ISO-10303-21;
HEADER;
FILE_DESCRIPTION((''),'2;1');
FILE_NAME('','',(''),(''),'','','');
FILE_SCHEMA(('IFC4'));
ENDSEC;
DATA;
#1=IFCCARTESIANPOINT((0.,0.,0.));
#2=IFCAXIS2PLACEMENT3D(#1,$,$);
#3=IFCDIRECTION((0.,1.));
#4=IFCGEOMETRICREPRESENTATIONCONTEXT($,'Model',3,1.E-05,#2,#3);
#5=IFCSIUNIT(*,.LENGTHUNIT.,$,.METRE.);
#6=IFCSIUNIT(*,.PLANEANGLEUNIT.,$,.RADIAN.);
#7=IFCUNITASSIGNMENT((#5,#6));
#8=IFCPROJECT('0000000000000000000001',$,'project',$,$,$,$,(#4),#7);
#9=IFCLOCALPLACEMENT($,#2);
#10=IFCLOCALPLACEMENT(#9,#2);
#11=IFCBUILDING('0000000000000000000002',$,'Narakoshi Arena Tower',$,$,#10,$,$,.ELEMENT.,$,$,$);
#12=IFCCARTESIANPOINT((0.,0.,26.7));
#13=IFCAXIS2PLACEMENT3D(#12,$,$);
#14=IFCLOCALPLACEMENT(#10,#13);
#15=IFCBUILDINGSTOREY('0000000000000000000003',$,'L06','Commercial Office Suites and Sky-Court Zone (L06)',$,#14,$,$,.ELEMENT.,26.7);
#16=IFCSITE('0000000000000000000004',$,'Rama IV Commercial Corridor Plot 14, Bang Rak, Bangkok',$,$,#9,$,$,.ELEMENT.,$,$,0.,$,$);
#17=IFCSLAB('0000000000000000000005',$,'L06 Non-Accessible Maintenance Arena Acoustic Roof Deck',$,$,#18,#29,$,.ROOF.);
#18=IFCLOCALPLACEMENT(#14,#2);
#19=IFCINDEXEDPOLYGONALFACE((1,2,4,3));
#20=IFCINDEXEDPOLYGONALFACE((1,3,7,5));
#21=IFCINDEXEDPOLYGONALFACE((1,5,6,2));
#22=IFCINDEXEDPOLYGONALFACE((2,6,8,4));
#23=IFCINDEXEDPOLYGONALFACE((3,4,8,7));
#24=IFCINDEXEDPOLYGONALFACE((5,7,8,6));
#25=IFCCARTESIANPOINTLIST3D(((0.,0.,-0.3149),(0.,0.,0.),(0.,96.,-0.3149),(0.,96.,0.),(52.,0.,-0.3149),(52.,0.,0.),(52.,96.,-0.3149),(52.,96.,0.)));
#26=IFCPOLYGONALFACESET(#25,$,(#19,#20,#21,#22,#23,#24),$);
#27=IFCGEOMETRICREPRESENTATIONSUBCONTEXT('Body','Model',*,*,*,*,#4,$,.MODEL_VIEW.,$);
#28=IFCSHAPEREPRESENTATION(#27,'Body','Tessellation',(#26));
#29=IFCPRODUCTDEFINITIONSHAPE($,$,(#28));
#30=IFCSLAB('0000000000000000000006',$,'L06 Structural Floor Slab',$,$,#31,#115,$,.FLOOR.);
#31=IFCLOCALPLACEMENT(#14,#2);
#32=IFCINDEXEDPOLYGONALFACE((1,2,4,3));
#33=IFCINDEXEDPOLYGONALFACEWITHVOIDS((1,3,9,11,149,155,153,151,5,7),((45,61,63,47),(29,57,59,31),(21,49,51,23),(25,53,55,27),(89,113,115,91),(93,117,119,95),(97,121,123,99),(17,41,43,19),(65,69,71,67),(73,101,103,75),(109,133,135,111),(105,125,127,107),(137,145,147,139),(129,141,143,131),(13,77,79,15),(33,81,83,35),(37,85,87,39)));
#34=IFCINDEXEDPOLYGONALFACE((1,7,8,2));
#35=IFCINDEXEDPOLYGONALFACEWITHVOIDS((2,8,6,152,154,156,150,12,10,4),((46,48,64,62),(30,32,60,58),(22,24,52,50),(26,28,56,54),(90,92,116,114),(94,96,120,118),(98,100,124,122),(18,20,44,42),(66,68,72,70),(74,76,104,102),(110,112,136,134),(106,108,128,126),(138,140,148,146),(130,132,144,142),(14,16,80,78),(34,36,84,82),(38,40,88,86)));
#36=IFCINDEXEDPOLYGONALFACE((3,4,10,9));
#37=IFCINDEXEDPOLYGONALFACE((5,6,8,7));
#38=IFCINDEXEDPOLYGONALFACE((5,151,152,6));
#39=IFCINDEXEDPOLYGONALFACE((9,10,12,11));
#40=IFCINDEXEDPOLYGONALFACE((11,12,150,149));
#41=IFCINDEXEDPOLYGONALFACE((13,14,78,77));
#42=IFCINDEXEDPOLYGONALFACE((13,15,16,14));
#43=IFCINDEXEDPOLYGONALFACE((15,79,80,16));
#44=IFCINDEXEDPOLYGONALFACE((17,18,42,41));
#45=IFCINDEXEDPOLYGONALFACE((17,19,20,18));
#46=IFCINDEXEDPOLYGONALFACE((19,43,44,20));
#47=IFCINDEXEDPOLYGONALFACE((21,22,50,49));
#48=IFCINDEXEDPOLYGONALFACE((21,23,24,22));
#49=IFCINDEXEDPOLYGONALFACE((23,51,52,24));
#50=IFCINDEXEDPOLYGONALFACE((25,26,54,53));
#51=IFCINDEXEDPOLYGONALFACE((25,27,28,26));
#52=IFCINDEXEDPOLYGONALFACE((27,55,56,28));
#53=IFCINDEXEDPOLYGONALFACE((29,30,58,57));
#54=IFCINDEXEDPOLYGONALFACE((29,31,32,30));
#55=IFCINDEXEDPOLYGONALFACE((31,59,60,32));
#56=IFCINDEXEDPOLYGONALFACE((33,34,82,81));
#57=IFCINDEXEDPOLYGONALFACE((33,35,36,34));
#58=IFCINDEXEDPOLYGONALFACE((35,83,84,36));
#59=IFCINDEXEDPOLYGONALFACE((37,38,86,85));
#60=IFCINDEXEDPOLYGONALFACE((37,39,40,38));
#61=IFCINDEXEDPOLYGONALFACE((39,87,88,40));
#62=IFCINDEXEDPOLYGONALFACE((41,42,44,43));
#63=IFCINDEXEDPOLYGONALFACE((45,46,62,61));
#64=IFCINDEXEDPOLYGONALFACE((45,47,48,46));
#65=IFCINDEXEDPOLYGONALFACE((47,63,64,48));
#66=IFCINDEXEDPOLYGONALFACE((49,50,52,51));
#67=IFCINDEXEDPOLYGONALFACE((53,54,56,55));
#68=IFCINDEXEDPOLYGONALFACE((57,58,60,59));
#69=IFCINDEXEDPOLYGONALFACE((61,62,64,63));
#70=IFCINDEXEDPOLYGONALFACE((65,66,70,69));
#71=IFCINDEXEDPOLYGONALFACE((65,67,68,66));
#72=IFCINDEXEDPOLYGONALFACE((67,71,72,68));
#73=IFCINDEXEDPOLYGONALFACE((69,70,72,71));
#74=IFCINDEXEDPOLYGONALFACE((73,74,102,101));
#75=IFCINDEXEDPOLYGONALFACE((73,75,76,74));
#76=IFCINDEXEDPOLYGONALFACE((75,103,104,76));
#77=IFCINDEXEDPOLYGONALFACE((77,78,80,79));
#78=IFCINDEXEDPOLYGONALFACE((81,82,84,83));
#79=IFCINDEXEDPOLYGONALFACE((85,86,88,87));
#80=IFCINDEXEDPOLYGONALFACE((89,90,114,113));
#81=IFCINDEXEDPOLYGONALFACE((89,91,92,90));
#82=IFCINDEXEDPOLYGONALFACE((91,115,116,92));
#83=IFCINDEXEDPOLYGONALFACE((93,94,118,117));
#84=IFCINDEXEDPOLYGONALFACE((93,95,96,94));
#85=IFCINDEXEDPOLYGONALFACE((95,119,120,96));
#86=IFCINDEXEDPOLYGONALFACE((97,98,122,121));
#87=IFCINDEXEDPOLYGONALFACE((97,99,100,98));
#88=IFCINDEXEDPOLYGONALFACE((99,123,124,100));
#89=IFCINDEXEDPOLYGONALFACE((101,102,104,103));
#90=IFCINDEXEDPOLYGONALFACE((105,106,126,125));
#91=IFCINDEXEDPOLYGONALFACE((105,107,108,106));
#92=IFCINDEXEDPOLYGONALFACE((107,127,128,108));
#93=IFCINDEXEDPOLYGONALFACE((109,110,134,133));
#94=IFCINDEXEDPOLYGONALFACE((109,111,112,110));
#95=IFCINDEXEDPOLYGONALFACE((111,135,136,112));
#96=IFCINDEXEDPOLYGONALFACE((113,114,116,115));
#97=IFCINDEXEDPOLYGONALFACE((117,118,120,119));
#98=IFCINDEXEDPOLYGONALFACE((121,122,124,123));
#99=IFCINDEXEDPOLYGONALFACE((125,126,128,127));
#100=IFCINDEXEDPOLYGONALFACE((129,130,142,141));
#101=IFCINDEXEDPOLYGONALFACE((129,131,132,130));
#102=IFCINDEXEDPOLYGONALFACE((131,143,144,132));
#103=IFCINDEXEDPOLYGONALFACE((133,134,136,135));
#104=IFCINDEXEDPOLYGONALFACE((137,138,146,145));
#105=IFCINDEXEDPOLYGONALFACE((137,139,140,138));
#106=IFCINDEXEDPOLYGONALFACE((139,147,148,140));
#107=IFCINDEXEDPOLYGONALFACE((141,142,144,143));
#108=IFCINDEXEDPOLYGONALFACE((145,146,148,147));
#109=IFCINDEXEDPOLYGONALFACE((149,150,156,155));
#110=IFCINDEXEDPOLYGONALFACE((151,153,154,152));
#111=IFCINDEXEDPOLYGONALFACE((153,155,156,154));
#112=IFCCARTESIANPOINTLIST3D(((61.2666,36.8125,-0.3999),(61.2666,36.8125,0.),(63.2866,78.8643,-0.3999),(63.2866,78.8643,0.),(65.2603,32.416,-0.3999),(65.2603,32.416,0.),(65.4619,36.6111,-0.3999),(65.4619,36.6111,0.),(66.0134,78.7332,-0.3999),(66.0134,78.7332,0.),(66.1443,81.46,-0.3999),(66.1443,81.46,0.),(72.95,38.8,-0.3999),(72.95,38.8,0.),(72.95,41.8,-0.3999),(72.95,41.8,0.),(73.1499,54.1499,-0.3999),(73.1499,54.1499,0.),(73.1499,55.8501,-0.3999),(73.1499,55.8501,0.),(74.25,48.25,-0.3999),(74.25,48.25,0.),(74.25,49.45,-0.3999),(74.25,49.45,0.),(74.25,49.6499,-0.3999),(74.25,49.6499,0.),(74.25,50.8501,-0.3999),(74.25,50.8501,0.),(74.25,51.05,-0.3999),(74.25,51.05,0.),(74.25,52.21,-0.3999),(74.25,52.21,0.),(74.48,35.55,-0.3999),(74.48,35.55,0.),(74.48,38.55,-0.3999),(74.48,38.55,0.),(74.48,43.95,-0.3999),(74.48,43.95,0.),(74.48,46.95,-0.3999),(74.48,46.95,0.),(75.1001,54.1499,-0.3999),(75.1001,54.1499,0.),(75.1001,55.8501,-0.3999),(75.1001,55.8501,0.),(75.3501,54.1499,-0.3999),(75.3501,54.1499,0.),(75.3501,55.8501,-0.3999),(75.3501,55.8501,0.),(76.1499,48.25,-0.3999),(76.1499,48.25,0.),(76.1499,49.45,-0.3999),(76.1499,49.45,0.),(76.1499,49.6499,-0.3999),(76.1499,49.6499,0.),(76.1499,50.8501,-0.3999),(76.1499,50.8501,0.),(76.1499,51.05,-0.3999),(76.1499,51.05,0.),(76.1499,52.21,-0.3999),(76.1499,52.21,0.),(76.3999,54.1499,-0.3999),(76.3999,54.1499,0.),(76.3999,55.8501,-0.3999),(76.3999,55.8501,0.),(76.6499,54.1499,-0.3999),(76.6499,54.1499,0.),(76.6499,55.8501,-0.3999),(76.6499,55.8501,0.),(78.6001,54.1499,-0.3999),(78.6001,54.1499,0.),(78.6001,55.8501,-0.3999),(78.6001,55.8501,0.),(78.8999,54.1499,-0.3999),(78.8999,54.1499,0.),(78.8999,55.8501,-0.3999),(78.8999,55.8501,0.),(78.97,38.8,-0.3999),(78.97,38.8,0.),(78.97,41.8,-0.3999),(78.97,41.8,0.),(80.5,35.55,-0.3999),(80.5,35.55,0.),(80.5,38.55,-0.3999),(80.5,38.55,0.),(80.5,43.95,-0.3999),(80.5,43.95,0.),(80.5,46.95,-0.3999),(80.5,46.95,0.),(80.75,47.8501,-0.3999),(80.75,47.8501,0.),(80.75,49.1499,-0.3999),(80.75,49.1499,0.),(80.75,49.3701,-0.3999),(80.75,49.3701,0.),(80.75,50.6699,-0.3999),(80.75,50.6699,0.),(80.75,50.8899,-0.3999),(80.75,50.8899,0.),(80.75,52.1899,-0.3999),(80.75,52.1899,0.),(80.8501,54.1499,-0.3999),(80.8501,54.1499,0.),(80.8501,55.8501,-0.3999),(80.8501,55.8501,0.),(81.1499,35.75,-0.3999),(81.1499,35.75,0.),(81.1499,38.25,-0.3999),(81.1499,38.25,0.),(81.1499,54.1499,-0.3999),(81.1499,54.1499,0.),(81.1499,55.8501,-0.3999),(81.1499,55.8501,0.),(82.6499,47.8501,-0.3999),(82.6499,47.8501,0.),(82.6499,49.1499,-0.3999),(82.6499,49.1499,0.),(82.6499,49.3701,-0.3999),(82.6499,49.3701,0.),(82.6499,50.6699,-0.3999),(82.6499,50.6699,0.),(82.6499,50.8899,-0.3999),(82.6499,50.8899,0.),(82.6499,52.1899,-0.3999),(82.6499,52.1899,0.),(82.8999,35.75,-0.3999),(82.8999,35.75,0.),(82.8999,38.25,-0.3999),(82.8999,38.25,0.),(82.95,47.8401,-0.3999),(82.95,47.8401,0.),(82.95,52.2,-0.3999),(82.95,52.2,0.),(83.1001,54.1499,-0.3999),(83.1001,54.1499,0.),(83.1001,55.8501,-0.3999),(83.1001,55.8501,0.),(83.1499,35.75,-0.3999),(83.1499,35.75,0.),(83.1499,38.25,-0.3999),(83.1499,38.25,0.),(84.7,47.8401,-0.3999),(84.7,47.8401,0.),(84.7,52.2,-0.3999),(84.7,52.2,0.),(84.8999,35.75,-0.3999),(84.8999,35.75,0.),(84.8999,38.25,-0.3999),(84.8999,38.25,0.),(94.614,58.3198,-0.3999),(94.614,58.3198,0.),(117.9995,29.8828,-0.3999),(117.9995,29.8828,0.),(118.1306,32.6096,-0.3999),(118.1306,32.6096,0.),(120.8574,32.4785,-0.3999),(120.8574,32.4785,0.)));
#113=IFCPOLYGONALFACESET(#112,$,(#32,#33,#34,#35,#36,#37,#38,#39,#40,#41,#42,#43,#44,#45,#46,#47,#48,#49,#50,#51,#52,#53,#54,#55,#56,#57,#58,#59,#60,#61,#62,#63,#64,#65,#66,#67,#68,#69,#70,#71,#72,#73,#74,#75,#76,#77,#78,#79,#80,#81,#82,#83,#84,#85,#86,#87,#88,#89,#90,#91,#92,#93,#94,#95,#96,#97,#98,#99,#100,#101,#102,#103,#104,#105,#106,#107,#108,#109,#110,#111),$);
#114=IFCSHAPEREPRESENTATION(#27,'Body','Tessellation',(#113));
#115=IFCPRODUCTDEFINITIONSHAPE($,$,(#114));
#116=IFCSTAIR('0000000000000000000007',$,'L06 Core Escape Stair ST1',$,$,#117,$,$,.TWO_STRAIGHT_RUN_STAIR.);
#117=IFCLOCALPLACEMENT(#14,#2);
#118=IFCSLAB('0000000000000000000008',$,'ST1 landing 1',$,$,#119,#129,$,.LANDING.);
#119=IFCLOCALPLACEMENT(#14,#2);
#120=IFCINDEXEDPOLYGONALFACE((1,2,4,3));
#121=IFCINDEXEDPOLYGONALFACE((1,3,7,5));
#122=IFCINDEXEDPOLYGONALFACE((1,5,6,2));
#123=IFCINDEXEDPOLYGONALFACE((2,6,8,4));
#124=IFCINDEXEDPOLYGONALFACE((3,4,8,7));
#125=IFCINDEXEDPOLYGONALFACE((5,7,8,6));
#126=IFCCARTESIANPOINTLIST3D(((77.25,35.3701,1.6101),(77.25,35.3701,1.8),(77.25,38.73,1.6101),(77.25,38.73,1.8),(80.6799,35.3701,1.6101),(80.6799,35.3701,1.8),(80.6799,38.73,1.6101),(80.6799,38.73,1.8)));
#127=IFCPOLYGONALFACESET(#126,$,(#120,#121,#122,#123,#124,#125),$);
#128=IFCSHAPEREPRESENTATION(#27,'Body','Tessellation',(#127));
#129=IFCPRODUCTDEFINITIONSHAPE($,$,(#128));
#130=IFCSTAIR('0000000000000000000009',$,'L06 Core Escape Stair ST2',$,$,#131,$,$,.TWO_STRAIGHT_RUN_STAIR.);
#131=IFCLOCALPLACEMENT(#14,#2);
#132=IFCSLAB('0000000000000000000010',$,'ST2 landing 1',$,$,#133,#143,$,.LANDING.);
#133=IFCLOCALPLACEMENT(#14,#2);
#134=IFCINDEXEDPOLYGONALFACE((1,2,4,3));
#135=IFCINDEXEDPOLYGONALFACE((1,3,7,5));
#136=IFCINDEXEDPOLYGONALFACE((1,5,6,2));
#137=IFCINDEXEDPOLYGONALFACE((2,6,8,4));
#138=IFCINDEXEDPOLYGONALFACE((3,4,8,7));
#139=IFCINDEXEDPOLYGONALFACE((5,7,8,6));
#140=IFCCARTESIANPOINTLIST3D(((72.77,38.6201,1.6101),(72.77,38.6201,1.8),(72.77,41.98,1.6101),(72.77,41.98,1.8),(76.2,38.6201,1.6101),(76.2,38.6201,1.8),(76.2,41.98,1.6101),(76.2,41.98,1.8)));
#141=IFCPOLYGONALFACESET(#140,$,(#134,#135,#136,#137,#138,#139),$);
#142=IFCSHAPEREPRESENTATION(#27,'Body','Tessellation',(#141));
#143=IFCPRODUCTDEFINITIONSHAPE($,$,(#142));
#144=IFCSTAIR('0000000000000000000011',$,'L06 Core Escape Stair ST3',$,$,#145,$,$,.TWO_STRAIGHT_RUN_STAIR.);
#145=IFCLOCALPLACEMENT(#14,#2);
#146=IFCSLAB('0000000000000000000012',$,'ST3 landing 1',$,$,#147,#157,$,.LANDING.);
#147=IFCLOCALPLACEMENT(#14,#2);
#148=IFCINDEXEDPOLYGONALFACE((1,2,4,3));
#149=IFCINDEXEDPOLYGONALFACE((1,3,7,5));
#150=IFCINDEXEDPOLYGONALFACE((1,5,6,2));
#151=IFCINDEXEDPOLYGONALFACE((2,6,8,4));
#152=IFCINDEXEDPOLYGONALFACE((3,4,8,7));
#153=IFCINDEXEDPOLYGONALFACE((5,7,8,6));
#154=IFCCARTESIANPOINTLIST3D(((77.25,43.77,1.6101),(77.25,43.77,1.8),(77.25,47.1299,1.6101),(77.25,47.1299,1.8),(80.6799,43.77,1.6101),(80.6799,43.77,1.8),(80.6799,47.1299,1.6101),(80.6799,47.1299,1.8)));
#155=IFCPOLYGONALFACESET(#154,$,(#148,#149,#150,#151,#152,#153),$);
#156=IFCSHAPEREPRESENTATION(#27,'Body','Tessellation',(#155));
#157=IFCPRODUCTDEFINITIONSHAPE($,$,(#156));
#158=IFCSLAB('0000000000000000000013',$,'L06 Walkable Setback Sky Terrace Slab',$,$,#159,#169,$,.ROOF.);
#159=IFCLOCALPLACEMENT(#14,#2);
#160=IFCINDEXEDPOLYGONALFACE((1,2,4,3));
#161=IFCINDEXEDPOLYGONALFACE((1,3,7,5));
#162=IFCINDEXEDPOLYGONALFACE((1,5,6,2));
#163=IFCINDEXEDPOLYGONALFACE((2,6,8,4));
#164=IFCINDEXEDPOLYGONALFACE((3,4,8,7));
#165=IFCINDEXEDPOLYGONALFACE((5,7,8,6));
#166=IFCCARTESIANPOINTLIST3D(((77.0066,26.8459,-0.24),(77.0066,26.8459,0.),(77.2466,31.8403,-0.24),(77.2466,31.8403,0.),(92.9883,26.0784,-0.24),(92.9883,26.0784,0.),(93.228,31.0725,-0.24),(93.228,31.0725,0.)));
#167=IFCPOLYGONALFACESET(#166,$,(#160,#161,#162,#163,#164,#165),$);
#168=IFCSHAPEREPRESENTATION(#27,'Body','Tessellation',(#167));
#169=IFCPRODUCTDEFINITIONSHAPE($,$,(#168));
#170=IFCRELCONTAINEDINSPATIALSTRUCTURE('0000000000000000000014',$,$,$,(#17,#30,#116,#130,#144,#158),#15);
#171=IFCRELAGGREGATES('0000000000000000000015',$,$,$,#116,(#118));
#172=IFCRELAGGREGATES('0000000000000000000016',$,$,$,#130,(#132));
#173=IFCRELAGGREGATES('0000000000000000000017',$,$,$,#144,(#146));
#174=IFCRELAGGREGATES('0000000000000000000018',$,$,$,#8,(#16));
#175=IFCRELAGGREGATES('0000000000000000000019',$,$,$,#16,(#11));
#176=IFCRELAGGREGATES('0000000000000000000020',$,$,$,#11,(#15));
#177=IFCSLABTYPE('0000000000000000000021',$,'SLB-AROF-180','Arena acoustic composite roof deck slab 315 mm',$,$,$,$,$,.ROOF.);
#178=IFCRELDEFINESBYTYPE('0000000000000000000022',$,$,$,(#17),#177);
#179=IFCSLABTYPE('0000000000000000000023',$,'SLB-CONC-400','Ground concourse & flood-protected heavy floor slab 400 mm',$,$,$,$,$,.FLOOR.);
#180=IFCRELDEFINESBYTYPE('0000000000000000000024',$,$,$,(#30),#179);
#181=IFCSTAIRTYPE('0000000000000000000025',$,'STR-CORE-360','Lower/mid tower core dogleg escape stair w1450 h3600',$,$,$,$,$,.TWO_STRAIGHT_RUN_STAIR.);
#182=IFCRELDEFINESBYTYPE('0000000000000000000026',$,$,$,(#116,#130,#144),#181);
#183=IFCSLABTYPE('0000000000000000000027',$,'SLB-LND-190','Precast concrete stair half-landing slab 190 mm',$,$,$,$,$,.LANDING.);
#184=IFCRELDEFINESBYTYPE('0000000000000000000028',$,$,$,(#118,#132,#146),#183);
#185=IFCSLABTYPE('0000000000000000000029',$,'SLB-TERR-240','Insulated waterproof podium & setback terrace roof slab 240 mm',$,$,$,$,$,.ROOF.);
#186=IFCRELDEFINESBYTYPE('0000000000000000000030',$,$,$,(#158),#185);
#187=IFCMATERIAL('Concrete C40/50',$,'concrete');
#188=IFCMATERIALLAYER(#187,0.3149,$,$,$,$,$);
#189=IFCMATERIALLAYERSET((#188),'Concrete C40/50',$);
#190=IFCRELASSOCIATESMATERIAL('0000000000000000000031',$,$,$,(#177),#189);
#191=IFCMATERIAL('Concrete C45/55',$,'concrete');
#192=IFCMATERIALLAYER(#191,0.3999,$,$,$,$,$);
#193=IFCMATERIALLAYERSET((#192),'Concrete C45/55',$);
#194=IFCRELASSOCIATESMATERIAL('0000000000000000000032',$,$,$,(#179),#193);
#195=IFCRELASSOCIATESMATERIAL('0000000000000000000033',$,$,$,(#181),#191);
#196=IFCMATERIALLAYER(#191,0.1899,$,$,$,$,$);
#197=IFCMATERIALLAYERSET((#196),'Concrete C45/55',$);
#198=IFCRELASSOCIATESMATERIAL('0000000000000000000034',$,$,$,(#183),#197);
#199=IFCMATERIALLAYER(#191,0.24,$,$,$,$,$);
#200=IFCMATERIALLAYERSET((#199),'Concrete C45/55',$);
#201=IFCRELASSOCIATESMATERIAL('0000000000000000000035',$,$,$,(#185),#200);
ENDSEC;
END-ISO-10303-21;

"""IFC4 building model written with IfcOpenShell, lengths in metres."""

from ifc_helpers import new_model, si_unit, direction, frame, origin, place, context, subcontext, project, spatial, polyline, outline, extrude, material, layer, layer_set, type_object, element, aggregate, save


model = new_model("IFC4")

# Units and contexts
model_context = context("Model", 3, precision=1e-05, world=origin(), true_north=direction((0.0, 1.0)))
body_context = subcontext(model_context, "Body", "Model", "MODEL_VIEW")
ifc_project = project(units=[si_unit("LENGTHUNIT", "METRE"), si_unit("PLANEANGLEUNIT", "RADIAN")], contexts=[model_context])

# Site, building, storey
site_placement = place(None, origin())
site = spatial("IfcSite", under=ifc_project, at=site_placement, Name="Rama IV Commercial Corridor Plot 14, Bang Rak, Bangkok", CompositionType="ELEMENT", RefElevation=0.0)
building_placement = place(site_placement, origin())
building = spatial("IfcBuilding", under=site, at=building_placement, Name="Narakoshi Arena Tower", CompositionType="ELEMENT")
storey_placement = place(building_placement, frame((0.0, 0.0, 26.7)))
storey = spatial("IfcBuildingStorey", under=building, at=storey_placement, Name="L06", Description="Commercial Office Suites and Sky-Court Zone (L06)", CompositionType="ELEMENT", Elevation=26.7)

# Slabs
ifc_material_1 = material(Name="Concrete C40/50", Category="concrete")
ifc_layer_1 = layer(ifc_material_1, 0.3149)
ifc_layer_set_1 = layer_set([ifc_layer_1], Name="Concrete C40/50")
slab_type_1 = type_object("IfcSlabType", Name="SLB-AROF-180", Description="Arena acoustic composite roof deck slab 315 mm", PredefinedType="ROOF", material=ifc_layer_set_1)
slab_1_placement = place(storey_placement, frame((0.0, 0.0, -0.3149)))
element("IfcSlab", 1, at=slab_1_placement, inside=storey, type_object=slab_type_1, Name="L06 Non-Accessible Maintenance Arena Acoustic Roof Deck", PredefinedType="ROOF", context=body_context, shape_type="SweptSolid", body=[
    extrude(outline(polyline([(0.0, 0.0), (52.0, 0.0), (52.0, 96.0), (0.0, 96.0), (0.0, 0.0)])), origin(), (0.0, 0.0, 1.0), 0.3149),
])
ifc_material_2 = material(Name="Concrete C45/55", Category="concrete")
ifc_layer_2 = layer(ifc_material_2, 0.3999)
ifc_layer_set_2 = layer_set([ifc_layer_2], Name="Concrete C45/55")
slab_type_2 = type_object("IfcSlabType", Name="SLB-CONC-400", Description="Ground concourse & flood-protected heavy floor slab 400 mm", PredefinedType="FLOOR", material=ifc_layer_set_2)
slab_2_placement = place(storey_placement, frame((0.0, 0.0, -0.3999)))
element("IfcSlab", 2, at=slab_2_placement, inside=storey, type_object=slab_type_2, Name="L06 Structural Floor Slab", PredefinedType="FLOOR", context=body_context, shape_type="SweptSolid", body=[
    extrude(outline(polyline([(65.2603, 32.416), (117.9995, 29.8828), (118.1306, 32.6096), (120.8574, 32.4785), (94.614, 58.3198), (66.1443, 81.46), (66.0134, 78.7332), (63.2866, 78.8643), (61.2666, 36.8125), (65.4619, 36.6111), (65.2603, 32.416)]), holes=[polyline([(74.48, 35.55), (74.48, 38.55), (80.5, 38.55), (80.5, 35.55), (74.48, 35.55)]), polyline([(81.1499, 35.75), (81.1499, 38.25), (82.8999, 38.25), (82.8999, 35.75), (81.1499, 35.75)]), polyline([(83.1499, 35.75), (83.1499, 38.25), (84.8999, 38.25), (84.8999, 35.75), (83.1499, 35.75)]), polyline([(72.95, 38.8), (72.95, 41.8), (78.97, 41.8), (78.97, 38.8), (72.95, 38.8)]), polyline([(74.48, 43.95), (74.48, 46.95), (80.5, 46.95), (80.5, 43.95), (74.48, 43.95)]), polyline([(82.95, 47.8401), (82.95, 52.2), (84.7, 52.2), (84.7, 47.8401), (82.95, 47.8401)]), polyline([(80.75, 47.8501), (80.75, 49.1499), (82.6499, 49.1499), (82.6499, 47.8501), (80.75, 47.8501)]), polyline([(74.25, 48.25), (74.25, 49.45), (76.1499, 49.45), (76.1499, 48.25), (74.25, 48.25)]), polyline([(80.75, 49.3701), (80.75, 50.6699), (82.6499, 50.6699), (82.6499, 49.3701), (80.75, 49.3701)]), polyline([(74.25, 49.6499), (74.25, 50.8501), (76.1499, 50.8501), (76.1499, 49.6499), (74.25, 49.6499)]), polyline([(80.75, 50.8899), (80.75, 52.1899), (82.6499, 52.1899), (82.6499, 50.8899), (80.75, 50.8899)]), polyline([(74.25, 51.05), (74.25, 52.21), (76.1499, 52.21), (76.1499, 51.05), (74.25, 51.05)]), polyline([(73.1499, 54.1499), (73.1499, 55.8501), (75.1001, 55.8501), (75.1001, 54.1499), (73.1499, 54.1499)]), polyline([(75.3501, 54.1499), (75.3501, 55.8501), (76.3999, 55.8501), (76.3999, 54.1499), (75.3501, 54.1499)]), polyline([(76.6499, 54.1499), (76.6499, 55.8501), (78.6001, 55.8501), (78.6001, 54.1499), (76.6499, 54.1499)]), polyline([(78.8999, 55.8501), (80.8501, 55.8501), (80.8501, 54.1499), (78.8999, 54.1499), (78.8999, 55.8501)]), polyline([(81.1499, 55.8501), (83.1001, 55.8501), (83.1001, 54.1499), (81.1499, 54.1499), (81.1499, 55.8501)])]), origin(), (0.0, 0.0, 1.0), 0.3999),
])

# Stairs, slabs
stair_type = type_object("IfcStairType", Name="STR-CORE-360", Description="Lower/mid tower core dogleg escape stair w1450 h3600", PredefinedType="TWO_STRAIGHT_RUN_STAIR", material=ifc_material_2)
stair_1_placement = place(storey_placement, origin())
stair_1 = element("IfcStair", 3, at=stair_1_placement, inside=storey, type_object=stair_type, Name="L06 Core Escape Stair ST1", PredefinedType="TWO_STRAIGHT_RUN_STAIR")
ifc_layer_3 = layer(ifc_material_2, 0.1899)
ifc_layer_set_3 = layer_set([ifc_layer_3], Name="Concrete C45/55")
slab_type_3 = type_object("IfcSlabType", Name="SLB-LND-190", Description="Precast concrete stair half-landing slab 190 mm", PredefinedType="LANDING", material=ifc_layer_set_3)
slab_3_placement = place(storey_placement, frame((0.0, 0.0, 1.6101)))
slab_3 = element("IfcSlab", 4, at=slab_3_placement, type_object=slab_type_3, Name="ST1 landing 1", PredefinedType="LANDING", context=body_context, shape_type="SweptSolid", body=[
    extrude(outline(polyline([(77.25, 35.3701), (80.6799, 35.3701), (80.6799, 38.73), (77.25, 38.73), (77.25, 35.3701)])), origin(), (0.0, 0.0, 1.0), 0.1899),
])
aggregate(stair_1, [slab_3])
stair_2_placement = place(storey_placement, origin())
stair_2 = element("IfcStair", 5, at=stair_2_placement, inside=storey, type_object=stair_type, Name="L06 Core Escape Stair ST2", PredefinedType="TWO_STRAIGHT_RUN_STAIR")
slab_4_placement = place(storey_placement, frame((0.0, 0.0, 1.6101)))
slab_4 = element("IfcSlab", 6, at=slab_4_placement, type_object=slab_type_3, Name="ST2 landing 1", PredefinedType="LANDING", context=body_context, shape_type="SweptSolid", body=[
    extrude(outline(polyline([(72.77, 38.6201), (76.2, 38.6201), (76.2, 41.98), (72.77, 41.98), (72.77, 38.6201)])), origin(), (0.0, 0.0, 1.0), 0.1899),
])
aggregate(stair_2, [slab_4])
stair_3_placement = place(storey_placement, origin())
stair_3 = element("IfcStair", 7, at=stair_3_placement, inside=storey, type_object=stair_type, Name="L06 Core Escape Stair ST3", PredefinedType="TWO_STRAIGHT_RUN_STAIR")
slab_5_placement = place(storey_placement, frame((0.0, 0.0, 1.6101)))
slab_5 = element("IfcSlab", 8, at=slab_5_placement, type_object=slab_type_3, Name="ST3 landing 1", PredefinedType="LANDING", context=body_context, shape_type="SweptSolid", body=[
    extrude(outline(polyline([(77.25, 43.77), (80.6799, 43.77), (80.6799, 47.1299), (77.25, 47.1299), (77.25, 43.77)])), origin(), (0.0, 0.0, 1.0), 0.1899),
])
aggregate(stair_3, [slab_5])

# Slab
ifc_layer_4 = layer(ifc_material_2, 0.24)
ifc_layer_set_4 = layer_set([ifc_layer_4], Name="Concrete C45/55")
slab_type_4 = type_object("IfcSlabType", Name="SLB-TERR-240", Description="Insulated waterproof podium & setback terrace roof slab 240 mm", PredefinedType="ROOF", material=ifc_layer_set_4)
slab_6_placement = place(storey_placement, frame((0.0, 0.0, -0.24)))
element("IfcSlab", 9, at=slab_6_placement, inside=storey, type_object=slab_type_4, Name="L06 Walkable Setback Sky Terrace Slab", PredefinedType="ROOF", context=body_context, shape_type="SweptSolid", body=[
    extrude(outline(polyline([(77.2466, 31.8403), (77.0066, 26.8459), (92.9883, 26.0784), (93.228, 31.0725), (77.2466, 31.8403)])), origin(), (0.0, 0.0, 1.0), 0.24),
])

save(model, "model.ifc")
